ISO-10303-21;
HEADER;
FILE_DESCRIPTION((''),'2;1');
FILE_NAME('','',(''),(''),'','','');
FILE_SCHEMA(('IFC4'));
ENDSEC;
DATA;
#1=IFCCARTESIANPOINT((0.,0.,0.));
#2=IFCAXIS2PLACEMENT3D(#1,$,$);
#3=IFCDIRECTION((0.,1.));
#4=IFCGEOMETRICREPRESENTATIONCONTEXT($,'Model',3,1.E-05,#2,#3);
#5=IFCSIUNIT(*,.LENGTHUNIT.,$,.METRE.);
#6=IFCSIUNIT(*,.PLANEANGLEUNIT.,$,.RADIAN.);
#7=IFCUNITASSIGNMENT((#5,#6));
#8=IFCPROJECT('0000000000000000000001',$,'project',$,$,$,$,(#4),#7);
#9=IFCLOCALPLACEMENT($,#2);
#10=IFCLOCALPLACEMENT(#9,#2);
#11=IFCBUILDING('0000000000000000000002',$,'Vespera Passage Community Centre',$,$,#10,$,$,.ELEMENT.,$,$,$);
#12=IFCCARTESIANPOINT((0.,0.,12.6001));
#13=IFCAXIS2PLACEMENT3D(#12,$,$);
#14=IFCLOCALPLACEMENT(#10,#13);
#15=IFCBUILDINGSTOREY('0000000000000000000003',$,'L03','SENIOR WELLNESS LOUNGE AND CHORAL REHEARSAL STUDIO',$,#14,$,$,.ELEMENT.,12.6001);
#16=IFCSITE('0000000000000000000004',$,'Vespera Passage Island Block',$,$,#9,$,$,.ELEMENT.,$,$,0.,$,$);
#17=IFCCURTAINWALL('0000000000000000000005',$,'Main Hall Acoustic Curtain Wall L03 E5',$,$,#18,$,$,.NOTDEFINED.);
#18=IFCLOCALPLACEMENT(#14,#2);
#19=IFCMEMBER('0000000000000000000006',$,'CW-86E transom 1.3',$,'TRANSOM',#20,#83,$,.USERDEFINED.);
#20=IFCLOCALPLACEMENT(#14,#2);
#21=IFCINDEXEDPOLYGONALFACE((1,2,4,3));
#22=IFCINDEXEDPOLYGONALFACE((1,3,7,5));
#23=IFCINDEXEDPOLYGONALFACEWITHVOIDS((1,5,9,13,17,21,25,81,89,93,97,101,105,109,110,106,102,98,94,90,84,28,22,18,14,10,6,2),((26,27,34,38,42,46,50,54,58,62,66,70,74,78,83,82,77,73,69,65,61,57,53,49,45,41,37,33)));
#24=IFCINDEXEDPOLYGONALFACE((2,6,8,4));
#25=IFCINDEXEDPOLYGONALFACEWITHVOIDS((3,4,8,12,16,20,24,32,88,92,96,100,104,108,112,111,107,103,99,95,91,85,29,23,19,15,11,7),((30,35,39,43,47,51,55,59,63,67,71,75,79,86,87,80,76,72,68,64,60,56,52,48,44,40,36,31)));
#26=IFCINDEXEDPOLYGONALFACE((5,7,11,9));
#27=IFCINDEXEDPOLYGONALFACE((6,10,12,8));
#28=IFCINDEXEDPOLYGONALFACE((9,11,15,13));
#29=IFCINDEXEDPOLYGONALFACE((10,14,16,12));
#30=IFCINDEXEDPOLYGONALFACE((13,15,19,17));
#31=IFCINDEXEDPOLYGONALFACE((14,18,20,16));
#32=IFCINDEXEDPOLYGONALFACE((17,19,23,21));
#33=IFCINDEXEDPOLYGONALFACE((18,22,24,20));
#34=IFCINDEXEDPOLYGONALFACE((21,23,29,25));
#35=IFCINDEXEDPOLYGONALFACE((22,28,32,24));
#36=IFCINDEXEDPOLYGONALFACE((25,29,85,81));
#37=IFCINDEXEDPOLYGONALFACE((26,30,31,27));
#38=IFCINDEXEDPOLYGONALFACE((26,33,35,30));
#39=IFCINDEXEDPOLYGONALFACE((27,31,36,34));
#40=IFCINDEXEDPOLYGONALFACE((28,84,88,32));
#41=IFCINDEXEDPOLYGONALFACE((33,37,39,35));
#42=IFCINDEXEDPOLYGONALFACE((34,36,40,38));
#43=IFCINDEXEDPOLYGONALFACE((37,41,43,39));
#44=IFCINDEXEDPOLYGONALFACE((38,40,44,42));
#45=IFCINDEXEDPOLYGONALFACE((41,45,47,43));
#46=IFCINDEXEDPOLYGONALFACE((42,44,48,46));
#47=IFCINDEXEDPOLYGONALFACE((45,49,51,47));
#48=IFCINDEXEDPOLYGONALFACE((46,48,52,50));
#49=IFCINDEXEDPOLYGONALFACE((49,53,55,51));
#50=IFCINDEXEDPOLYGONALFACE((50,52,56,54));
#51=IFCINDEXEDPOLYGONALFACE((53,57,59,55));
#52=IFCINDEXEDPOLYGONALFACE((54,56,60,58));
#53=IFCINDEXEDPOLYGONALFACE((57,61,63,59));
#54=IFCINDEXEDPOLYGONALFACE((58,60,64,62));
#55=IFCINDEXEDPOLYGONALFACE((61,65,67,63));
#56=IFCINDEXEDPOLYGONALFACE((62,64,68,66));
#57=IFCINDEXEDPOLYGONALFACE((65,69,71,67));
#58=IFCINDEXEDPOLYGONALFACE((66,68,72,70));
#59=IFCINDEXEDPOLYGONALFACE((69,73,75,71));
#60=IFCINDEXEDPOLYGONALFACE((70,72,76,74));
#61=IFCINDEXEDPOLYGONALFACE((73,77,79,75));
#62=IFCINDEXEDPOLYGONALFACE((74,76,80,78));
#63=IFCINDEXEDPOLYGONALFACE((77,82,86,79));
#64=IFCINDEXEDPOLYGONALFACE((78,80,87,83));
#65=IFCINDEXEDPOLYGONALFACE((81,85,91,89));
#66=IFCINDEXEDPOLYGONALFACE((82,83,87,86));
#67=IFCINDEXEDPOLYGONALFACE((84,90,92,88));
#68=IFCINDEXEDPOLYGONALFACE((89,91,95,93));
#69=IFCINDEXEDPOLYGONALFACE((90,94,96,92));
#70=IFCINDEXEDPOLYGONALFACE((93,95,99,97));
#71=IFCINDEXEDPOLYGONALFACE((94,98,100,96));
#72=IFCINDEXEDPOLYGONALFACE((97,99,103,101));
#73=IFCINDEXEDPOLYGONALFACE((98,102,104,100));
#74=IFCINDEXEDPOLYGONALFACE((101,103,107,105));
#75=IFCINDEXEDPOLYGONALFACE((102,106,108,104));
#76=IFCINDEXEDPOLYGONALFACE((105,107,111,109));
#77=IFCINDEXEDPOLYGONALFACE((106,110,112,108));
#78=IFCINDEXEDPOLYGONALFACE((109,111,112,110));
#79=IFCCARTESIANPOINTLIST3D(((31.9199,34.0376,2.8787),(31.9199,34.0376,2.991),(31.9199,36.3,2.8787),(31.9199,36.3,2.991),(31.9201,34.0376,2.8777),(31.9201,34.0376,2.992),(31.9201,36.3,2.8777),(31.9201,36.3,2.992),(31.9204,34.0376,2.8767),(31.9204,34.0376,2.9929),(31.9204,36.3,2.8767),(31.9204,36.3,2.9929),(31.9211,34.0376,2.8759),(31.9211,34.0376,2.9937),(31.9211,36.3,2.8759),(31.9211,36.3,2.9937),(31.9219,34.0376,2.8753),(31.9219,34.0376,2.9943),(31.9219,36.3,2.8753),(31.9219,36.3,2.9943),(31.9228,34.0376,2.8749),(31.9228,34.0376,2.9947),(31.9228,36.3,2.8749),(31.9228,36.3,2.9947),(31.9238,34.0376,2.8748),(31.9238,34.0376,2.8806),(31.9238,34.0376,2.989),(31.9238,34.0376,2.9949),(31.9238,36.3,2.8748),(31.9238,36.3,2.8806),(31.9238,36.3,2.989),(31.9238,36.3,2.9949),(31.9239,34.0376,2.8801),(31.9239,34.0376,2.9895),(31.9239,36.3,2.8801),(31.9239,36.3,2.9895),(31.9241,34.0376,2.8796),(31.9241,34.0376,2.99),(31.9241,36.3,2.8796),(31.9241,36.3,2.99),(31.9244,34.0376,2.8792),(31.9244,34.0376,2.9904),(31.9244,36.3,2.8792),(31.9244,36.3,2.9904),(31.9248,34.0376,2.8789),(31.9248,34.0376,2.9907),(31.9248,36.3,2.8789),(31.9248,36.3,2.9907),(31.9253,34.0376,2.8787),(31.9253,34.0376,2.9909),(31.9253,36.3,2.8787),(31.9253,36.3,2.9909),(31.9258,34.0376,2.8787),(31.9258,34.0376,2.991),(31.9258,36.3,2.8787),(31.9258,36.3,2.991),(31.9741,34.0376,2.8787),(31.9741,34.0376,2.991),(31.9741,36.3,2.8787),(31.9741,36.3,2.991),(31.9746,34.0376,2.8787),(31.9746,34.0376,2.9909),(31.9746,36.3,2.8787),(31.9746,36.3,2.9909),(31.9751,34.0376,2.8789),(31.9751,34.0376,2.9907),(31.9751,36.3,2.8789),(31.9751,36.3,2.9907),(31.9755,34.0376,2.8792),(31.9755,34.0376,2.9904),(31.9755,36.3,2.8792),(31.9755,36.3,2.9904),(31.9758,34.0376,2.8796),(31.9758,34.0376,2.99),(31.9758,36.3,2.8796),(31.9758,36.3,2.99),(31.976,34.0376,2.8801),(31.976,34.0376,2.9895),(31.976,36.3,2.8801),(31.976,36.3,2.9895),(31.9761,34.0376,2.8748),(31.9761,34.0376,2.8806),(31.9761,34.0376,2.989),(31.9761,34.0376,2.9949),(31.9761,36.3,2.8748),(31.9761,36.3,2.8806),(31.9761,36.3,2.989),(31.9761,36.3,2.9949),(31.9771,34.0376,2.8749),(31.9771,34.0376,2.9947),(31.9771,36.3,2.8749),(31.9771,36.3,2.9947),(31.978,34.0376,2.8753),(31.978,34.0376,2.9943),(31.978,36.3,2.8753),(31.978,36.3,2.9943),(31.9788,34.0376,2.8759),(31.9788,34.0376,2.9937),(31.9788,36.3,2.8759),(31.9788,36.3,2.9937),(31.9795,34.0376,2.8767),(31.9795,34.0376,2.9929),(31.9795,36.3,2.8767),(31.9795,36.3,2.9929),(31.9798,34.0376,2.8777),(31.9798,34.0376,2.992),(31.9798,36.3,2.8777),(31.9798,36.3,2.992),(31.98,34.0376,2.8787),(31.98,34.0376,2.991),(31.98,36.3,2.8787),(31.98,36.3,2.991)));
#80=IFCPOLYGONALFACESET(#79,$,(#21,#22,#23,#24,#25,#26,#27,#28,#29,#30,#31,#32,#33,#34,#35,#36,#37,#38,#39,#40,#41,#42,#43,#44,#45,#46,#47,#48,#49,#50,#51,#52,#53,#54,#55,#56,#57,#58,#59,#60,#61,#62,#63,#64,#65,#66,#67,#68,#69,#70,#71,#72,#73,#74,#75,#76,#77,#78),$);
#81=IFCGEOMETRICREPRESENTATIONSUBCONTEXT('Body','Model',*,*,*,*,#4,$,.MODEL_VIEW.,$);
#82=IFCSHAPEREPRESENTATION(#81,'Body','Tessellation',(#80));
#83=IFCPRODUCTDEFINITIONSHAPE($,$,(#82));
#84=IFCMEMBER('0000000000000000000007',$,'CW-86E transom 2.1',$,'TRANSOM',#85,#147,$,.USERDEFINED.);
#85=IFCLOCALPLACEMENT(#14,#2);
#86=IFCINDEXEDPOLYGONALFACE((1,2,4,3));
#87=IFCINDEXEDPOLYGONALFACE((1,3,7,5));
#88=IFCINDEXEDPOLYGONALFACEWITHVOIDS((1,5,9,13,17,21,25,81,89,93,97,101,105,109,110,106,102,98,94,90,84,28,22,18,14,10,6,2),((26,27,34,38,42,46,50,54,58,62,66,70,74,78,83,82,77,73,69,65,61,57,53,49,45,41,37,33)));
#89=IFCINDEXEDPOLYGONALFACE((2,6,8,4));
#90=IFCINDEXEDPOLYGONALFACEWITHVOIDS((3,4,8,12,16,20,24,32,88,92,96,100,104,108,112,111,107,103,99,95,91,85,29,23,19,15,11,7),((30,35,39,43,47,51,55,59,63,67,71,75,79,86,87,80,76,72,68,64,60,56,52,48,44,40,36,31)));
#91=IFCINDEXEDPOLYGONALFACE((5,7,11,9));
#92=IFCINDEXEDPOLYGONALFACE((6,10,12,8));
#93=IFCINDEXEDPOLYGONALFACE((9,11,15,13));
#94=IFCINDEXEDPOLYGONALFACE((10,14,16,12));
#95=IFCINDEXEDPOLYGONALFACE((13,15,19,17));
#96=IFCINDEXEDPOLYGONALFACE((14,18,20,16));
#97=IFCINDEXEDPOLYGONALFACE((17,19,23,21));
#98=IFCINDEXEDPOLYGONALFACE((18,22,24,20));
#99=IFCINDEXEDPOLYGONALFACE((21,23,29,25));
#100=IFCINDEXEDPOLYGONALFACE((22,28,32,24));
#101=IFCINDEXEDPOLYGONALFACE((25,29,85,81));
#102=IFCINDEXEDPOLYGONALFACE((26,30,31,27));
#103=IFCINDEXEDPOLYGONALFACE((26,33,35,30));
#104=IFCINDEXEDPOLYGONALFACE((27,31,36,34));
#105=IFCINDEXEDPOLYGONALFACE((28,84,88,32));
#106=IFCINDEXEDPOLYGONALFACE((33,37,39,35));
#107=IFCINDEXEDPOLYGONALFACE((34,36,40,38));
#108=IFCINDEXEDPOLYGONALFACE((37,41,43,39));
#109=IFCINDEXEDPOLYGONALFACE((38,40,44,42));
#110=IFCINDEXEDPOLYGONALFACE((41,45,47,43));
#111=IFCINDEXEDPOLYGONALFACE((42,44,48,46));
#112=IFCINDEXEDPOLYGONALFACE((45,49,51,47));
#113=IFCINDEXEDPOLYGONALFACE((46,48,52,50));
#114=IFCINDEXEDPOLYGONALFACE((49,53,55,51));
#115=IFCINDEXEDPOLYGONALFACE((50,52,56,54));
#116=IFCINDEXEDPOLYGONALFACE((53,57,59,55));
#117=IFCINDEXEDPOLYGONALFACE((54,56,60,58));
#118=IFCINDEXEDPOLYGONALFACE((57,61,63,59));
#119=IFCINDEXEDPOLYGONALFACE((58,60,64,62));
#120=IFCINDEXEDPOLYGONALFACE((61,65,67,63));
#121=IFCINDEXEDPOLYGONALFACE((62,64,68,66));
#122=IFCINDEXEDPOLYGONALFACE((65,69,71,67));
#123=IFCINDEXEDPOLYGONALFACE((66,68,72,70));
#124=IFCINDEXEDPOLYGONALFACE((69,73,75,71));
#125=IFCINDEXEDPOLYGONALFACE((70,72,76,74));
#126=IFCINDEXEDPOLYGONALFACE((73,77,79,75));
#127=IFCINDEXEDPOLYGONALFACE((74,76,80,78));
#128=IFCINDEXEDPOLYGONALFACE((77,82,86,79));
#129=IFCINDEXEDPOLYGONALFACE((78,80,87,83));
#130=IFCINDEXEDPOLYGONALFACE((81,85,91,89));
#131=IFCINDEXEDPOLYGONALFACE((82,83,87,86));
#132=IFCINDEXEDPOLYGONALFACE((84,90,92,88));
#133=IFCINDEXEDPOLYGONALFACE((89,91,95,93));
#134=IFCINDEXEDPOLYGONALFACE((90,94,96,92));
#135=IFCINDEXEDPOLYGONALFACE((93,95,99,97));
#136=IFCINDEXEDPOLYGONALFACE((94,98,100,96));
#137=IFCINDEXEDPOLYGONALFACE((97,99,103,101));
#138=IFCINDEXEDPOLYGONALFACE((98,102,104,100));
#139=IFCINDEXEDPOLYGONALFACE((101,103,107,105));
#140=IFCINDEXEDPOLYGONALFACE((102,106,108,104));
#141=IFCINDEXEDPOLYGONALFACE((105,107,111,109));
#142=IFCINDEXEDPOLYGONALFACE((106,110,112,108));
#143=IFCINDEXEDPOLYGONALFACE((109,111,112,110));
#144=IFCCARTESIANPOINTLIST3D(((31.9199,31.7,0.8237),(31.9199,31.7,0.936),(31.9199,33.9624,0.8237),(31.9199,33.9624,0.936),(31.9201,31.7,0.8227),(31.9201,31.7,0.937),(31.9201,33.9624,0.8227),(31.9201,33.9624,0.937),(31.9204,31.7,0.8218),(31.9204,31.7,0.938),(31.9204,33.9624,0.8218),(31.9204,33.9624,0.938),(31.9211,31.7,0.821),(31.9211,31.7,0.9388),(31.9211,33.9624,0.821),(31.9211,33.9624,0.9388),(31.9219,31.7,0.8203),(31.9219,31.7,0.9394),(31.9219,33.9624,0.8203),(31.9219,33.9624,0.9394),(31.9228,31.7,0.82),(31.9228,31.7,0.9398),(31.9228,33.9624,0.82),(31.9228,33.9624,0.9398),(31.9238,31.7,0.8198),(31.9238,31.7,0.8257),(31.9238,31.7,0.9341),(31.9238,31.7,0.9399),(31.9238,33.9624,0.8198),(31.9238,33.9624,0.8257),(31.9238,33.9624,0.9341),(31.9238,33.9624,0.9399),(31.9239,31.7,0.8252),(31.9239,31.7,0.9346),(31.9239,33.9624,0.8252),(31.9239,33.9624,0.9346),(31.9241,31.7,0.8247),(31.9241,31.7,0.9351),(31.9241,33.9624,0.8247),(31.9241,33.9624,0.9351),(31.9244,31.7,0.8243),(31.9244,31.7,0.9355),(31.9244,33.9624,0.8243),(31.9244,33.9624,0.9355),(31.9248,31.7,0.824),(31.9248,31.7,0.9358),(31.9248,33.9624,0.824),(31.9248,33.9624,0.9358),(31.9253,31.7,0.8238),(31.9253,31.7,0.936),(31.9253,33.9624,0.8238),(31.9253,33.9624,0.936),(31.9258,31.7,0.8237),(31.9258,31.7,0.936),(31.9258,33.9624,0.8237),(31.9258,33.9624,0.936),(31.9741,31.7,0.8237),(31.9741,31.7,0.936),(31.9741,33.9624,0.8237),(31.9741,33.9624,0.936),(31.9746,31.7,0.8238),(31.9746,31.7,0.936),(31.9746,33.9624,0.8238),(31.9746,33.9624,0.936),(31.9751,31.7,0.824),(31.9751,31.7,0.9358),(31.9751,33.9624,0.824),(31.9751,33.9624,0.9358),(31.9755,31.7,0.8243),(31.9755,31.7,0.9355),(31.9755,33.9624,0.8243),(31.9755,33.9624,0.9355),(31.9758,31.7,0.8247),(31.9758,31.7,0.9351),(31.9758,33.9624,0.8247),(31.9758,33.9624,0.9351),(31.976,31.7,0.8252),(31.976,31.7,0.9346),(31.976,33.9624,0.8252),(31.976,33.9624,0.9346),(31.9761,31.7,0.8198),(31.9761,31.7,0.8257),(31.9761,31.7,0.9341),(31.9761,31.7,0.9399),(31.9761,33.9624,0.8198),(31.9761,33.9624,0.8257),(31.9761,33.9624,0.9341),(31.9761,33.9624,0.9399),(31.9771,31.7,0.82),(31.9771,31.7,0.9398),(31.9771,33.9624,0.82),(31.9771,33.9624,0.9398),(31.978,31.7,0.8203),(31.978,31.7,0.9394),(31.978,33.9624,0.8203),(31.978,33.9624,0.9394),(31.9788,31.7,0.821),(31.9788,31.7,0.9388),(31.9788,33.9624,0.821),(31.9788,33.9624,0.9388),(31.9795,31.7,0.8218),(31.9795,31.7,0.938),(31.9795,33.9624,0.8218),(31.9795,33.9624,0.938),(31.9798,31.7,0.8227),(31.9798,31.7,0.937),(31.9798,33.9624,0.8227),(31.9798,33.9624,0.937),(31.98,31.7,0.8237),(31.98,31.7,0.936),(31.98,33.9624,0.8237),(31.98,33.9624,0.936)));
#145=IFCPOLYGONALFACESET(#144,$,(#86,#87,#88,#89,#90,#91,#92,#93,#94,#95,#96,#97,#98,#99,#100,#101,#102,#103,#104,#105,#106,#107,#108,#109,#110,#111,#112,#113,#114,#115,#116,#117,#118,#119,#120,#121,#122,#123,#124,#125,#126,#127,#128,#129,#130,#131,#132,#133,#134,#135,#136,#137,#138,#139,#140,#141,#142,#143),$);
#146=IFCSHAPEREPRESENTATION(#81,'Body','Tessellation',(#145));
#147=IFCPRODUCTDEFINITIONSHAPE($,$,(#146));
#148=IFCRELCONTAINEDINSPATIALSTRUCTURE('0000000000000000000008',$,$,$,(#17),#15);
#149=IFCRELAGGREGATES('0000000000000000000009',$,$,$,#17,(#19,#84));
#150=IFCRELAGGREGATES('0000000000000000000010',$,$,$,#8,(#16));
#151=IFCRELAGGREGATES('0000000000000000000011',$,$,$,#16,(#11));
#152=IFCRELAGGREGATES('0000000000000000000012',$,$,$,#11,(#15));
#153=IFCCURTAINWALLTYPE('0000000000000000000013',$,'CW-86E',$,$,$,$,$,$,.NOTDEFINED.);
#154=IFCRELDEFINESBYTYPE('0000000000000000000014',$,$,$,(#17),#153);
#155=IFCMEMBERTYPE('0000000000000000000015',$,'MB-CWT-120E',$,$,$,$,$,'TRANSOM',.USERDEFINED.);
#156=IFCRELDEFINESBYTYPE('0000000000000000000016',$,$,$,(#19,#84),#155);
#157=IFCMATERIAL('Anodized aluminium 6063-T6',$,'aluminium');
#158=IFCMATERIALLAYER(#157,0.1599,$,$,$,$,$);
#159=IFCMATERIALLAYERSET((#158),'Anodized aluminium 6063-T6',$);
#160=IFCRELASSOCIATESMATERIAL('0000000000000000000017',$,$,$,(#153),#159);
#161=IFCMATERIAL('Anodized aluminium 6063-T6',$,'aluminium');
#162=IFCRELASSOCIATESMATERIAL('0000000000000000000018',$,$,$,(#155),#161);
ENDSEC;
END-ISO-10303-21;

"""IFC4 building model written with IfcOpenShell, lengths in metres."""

from ifc_helpers import new_model, si_unit, direction, frame, origin, origin_2d, place, context, subcontext, project, spatial, hollow_rectangle, extrude, material, layer, layer_set, material_profile, profile_set, type_object, element, aggregate, save


model = new_model("IFC4")

# Units and contexts
model_context = context("Model", 3, precision=1e-05, world=origin(), true_north=direction((0.0, 1.0)))
body_context = subcontext(model_context, "Body", "Model", "MODEL_VIEW")
ifc_project = project(units=[si_unit("LENGTHUNIT", "METRE"), si_unit("PLANEANGLEUNIT", "RADIAN")], contexts=[model_context])

# Site, building, storey
site_placement = place(None, origin())
site = spatial("IfcSite", under=ifc_project, at=site_placement, Name="Vespera Passage Island Block", CompositionType="ELEMENT", RefElevation=0.0)
building_placement = place(site_placement, origin())
building = spatial("IfcBuilding", under=site, at=building_placement, Name="Vespera Passage Community Centre", CompositionType="ELEMENT")
storey_placement = place(building_placement, frame((0.0, 0.0, 12.6001)))
storey = spatial("IfcBuildingStorey", under=building, at=storey_placement, Name="L03", Description="SENIOR WELLNESS LOUNGE AND CHORAL REHEARSAL STUDIO", CompositionType="ELEMENT", Elevation=12.6001)

# Curtain wall
ifc_material_1 = material(Name="Anodized aluminium 6063-T6", Category="aluminium")
ifc_layer_1 = layer(ifc_material_1, 0.1599)
ifc_layer_set_1 = layer_set([ifc_layer_1], Name="Anodized aluminium 6063-T6")
curtain_wall_type = type_object("IfcCurtainWallType", Name="CW-86E", PredefinedType="NOTDEFINED", material=ifc_layer_set_1)
curtain_wall_1_placement = place(storey_placement, origin())
curtain_wall_1 = element("IfcCurtainWall", 1, at=curtain_wall_1_placement, inside=storey, type_object=curtain_wall_type, Name="Main Hall Acoustic Curtain Wall L03 E5", PredefinedType="NOTDEFINED")

# Members
ifc_material_2 = material(Name="Anodized aluminium 6063-T6", Category="aluminium")
ifc_material_profile_1 = material_profile(ifc_material_2, hollow_rectangle(XDim=0.0601, YDim=0.1201, WallThickness=0.0039, InnerFilletRadius=0.002, OuterFilletRadius=0.0039, at=origin_2d()), Name="ALU120X60X4")
ifc_profile_set_1 = profile_set([ifc_material_profile_1], Name="Anodized aluminium 6063-T6")
member_type_1 = type_object("IfcMemberType", Name="MB-CWT-120E", ElementType="TRANSOM", PredefinedType="USERDEFINED", material=ifc_profile_set_1)
member_1_placement = place(storey_placement, frame((31.95, 36.3, 2.9348), z_axis=(0.0, -1.0, 0.0), x_axis=(1.0, 0.0, 0.0)))
member_1 = element("IfcMember", 2, at=member_1_placement, type_object=member_type_1, Name="CW-86E transom 1.3", ObjectType="TRANSOM", PredefinedType="USERDEFINED", context=body_context, shape_type="SweptSolid", body=[
    extrude(hollow_rectangle(XDim=0.0601, YDim=0.1201, WallThickness=0.0039, InnerFilletRadius=0.002, OuterFilletRadius=0.0039, at=origin_2d()), origin(), (0.0, 0.0, 1.0), 2.2625),
])
member_2_placement = place(storey_placement, frame((31.95, 33.9624, 0.8799), z_axis=(0.0, -1.0, 0.0), x_axis=(1.0, 0.0, 0.0)))
member_2 = element("IfcMember", 3, at=member_2_placement, type_object=member_type_1, Name="CW-86E transom 2.1", ObjectType="TRANSOM", PredefinedType="USERDEFINED", context=body_context, shape_type="SweptSolid", body=[
    extrude(hollow_rectangle(XDim=0.0601, YDim=0.1201, WallThickness=0.0039, InnerFilletRadius=0.002, OuterFilletRadius=0.0039, at=origin_2d()), origin(), (0.0, 0.0, 1.0), 2.2625),
])

aggregate(curtain_wall_1, [member_1, member_2])

save(model, "model.ifc")
